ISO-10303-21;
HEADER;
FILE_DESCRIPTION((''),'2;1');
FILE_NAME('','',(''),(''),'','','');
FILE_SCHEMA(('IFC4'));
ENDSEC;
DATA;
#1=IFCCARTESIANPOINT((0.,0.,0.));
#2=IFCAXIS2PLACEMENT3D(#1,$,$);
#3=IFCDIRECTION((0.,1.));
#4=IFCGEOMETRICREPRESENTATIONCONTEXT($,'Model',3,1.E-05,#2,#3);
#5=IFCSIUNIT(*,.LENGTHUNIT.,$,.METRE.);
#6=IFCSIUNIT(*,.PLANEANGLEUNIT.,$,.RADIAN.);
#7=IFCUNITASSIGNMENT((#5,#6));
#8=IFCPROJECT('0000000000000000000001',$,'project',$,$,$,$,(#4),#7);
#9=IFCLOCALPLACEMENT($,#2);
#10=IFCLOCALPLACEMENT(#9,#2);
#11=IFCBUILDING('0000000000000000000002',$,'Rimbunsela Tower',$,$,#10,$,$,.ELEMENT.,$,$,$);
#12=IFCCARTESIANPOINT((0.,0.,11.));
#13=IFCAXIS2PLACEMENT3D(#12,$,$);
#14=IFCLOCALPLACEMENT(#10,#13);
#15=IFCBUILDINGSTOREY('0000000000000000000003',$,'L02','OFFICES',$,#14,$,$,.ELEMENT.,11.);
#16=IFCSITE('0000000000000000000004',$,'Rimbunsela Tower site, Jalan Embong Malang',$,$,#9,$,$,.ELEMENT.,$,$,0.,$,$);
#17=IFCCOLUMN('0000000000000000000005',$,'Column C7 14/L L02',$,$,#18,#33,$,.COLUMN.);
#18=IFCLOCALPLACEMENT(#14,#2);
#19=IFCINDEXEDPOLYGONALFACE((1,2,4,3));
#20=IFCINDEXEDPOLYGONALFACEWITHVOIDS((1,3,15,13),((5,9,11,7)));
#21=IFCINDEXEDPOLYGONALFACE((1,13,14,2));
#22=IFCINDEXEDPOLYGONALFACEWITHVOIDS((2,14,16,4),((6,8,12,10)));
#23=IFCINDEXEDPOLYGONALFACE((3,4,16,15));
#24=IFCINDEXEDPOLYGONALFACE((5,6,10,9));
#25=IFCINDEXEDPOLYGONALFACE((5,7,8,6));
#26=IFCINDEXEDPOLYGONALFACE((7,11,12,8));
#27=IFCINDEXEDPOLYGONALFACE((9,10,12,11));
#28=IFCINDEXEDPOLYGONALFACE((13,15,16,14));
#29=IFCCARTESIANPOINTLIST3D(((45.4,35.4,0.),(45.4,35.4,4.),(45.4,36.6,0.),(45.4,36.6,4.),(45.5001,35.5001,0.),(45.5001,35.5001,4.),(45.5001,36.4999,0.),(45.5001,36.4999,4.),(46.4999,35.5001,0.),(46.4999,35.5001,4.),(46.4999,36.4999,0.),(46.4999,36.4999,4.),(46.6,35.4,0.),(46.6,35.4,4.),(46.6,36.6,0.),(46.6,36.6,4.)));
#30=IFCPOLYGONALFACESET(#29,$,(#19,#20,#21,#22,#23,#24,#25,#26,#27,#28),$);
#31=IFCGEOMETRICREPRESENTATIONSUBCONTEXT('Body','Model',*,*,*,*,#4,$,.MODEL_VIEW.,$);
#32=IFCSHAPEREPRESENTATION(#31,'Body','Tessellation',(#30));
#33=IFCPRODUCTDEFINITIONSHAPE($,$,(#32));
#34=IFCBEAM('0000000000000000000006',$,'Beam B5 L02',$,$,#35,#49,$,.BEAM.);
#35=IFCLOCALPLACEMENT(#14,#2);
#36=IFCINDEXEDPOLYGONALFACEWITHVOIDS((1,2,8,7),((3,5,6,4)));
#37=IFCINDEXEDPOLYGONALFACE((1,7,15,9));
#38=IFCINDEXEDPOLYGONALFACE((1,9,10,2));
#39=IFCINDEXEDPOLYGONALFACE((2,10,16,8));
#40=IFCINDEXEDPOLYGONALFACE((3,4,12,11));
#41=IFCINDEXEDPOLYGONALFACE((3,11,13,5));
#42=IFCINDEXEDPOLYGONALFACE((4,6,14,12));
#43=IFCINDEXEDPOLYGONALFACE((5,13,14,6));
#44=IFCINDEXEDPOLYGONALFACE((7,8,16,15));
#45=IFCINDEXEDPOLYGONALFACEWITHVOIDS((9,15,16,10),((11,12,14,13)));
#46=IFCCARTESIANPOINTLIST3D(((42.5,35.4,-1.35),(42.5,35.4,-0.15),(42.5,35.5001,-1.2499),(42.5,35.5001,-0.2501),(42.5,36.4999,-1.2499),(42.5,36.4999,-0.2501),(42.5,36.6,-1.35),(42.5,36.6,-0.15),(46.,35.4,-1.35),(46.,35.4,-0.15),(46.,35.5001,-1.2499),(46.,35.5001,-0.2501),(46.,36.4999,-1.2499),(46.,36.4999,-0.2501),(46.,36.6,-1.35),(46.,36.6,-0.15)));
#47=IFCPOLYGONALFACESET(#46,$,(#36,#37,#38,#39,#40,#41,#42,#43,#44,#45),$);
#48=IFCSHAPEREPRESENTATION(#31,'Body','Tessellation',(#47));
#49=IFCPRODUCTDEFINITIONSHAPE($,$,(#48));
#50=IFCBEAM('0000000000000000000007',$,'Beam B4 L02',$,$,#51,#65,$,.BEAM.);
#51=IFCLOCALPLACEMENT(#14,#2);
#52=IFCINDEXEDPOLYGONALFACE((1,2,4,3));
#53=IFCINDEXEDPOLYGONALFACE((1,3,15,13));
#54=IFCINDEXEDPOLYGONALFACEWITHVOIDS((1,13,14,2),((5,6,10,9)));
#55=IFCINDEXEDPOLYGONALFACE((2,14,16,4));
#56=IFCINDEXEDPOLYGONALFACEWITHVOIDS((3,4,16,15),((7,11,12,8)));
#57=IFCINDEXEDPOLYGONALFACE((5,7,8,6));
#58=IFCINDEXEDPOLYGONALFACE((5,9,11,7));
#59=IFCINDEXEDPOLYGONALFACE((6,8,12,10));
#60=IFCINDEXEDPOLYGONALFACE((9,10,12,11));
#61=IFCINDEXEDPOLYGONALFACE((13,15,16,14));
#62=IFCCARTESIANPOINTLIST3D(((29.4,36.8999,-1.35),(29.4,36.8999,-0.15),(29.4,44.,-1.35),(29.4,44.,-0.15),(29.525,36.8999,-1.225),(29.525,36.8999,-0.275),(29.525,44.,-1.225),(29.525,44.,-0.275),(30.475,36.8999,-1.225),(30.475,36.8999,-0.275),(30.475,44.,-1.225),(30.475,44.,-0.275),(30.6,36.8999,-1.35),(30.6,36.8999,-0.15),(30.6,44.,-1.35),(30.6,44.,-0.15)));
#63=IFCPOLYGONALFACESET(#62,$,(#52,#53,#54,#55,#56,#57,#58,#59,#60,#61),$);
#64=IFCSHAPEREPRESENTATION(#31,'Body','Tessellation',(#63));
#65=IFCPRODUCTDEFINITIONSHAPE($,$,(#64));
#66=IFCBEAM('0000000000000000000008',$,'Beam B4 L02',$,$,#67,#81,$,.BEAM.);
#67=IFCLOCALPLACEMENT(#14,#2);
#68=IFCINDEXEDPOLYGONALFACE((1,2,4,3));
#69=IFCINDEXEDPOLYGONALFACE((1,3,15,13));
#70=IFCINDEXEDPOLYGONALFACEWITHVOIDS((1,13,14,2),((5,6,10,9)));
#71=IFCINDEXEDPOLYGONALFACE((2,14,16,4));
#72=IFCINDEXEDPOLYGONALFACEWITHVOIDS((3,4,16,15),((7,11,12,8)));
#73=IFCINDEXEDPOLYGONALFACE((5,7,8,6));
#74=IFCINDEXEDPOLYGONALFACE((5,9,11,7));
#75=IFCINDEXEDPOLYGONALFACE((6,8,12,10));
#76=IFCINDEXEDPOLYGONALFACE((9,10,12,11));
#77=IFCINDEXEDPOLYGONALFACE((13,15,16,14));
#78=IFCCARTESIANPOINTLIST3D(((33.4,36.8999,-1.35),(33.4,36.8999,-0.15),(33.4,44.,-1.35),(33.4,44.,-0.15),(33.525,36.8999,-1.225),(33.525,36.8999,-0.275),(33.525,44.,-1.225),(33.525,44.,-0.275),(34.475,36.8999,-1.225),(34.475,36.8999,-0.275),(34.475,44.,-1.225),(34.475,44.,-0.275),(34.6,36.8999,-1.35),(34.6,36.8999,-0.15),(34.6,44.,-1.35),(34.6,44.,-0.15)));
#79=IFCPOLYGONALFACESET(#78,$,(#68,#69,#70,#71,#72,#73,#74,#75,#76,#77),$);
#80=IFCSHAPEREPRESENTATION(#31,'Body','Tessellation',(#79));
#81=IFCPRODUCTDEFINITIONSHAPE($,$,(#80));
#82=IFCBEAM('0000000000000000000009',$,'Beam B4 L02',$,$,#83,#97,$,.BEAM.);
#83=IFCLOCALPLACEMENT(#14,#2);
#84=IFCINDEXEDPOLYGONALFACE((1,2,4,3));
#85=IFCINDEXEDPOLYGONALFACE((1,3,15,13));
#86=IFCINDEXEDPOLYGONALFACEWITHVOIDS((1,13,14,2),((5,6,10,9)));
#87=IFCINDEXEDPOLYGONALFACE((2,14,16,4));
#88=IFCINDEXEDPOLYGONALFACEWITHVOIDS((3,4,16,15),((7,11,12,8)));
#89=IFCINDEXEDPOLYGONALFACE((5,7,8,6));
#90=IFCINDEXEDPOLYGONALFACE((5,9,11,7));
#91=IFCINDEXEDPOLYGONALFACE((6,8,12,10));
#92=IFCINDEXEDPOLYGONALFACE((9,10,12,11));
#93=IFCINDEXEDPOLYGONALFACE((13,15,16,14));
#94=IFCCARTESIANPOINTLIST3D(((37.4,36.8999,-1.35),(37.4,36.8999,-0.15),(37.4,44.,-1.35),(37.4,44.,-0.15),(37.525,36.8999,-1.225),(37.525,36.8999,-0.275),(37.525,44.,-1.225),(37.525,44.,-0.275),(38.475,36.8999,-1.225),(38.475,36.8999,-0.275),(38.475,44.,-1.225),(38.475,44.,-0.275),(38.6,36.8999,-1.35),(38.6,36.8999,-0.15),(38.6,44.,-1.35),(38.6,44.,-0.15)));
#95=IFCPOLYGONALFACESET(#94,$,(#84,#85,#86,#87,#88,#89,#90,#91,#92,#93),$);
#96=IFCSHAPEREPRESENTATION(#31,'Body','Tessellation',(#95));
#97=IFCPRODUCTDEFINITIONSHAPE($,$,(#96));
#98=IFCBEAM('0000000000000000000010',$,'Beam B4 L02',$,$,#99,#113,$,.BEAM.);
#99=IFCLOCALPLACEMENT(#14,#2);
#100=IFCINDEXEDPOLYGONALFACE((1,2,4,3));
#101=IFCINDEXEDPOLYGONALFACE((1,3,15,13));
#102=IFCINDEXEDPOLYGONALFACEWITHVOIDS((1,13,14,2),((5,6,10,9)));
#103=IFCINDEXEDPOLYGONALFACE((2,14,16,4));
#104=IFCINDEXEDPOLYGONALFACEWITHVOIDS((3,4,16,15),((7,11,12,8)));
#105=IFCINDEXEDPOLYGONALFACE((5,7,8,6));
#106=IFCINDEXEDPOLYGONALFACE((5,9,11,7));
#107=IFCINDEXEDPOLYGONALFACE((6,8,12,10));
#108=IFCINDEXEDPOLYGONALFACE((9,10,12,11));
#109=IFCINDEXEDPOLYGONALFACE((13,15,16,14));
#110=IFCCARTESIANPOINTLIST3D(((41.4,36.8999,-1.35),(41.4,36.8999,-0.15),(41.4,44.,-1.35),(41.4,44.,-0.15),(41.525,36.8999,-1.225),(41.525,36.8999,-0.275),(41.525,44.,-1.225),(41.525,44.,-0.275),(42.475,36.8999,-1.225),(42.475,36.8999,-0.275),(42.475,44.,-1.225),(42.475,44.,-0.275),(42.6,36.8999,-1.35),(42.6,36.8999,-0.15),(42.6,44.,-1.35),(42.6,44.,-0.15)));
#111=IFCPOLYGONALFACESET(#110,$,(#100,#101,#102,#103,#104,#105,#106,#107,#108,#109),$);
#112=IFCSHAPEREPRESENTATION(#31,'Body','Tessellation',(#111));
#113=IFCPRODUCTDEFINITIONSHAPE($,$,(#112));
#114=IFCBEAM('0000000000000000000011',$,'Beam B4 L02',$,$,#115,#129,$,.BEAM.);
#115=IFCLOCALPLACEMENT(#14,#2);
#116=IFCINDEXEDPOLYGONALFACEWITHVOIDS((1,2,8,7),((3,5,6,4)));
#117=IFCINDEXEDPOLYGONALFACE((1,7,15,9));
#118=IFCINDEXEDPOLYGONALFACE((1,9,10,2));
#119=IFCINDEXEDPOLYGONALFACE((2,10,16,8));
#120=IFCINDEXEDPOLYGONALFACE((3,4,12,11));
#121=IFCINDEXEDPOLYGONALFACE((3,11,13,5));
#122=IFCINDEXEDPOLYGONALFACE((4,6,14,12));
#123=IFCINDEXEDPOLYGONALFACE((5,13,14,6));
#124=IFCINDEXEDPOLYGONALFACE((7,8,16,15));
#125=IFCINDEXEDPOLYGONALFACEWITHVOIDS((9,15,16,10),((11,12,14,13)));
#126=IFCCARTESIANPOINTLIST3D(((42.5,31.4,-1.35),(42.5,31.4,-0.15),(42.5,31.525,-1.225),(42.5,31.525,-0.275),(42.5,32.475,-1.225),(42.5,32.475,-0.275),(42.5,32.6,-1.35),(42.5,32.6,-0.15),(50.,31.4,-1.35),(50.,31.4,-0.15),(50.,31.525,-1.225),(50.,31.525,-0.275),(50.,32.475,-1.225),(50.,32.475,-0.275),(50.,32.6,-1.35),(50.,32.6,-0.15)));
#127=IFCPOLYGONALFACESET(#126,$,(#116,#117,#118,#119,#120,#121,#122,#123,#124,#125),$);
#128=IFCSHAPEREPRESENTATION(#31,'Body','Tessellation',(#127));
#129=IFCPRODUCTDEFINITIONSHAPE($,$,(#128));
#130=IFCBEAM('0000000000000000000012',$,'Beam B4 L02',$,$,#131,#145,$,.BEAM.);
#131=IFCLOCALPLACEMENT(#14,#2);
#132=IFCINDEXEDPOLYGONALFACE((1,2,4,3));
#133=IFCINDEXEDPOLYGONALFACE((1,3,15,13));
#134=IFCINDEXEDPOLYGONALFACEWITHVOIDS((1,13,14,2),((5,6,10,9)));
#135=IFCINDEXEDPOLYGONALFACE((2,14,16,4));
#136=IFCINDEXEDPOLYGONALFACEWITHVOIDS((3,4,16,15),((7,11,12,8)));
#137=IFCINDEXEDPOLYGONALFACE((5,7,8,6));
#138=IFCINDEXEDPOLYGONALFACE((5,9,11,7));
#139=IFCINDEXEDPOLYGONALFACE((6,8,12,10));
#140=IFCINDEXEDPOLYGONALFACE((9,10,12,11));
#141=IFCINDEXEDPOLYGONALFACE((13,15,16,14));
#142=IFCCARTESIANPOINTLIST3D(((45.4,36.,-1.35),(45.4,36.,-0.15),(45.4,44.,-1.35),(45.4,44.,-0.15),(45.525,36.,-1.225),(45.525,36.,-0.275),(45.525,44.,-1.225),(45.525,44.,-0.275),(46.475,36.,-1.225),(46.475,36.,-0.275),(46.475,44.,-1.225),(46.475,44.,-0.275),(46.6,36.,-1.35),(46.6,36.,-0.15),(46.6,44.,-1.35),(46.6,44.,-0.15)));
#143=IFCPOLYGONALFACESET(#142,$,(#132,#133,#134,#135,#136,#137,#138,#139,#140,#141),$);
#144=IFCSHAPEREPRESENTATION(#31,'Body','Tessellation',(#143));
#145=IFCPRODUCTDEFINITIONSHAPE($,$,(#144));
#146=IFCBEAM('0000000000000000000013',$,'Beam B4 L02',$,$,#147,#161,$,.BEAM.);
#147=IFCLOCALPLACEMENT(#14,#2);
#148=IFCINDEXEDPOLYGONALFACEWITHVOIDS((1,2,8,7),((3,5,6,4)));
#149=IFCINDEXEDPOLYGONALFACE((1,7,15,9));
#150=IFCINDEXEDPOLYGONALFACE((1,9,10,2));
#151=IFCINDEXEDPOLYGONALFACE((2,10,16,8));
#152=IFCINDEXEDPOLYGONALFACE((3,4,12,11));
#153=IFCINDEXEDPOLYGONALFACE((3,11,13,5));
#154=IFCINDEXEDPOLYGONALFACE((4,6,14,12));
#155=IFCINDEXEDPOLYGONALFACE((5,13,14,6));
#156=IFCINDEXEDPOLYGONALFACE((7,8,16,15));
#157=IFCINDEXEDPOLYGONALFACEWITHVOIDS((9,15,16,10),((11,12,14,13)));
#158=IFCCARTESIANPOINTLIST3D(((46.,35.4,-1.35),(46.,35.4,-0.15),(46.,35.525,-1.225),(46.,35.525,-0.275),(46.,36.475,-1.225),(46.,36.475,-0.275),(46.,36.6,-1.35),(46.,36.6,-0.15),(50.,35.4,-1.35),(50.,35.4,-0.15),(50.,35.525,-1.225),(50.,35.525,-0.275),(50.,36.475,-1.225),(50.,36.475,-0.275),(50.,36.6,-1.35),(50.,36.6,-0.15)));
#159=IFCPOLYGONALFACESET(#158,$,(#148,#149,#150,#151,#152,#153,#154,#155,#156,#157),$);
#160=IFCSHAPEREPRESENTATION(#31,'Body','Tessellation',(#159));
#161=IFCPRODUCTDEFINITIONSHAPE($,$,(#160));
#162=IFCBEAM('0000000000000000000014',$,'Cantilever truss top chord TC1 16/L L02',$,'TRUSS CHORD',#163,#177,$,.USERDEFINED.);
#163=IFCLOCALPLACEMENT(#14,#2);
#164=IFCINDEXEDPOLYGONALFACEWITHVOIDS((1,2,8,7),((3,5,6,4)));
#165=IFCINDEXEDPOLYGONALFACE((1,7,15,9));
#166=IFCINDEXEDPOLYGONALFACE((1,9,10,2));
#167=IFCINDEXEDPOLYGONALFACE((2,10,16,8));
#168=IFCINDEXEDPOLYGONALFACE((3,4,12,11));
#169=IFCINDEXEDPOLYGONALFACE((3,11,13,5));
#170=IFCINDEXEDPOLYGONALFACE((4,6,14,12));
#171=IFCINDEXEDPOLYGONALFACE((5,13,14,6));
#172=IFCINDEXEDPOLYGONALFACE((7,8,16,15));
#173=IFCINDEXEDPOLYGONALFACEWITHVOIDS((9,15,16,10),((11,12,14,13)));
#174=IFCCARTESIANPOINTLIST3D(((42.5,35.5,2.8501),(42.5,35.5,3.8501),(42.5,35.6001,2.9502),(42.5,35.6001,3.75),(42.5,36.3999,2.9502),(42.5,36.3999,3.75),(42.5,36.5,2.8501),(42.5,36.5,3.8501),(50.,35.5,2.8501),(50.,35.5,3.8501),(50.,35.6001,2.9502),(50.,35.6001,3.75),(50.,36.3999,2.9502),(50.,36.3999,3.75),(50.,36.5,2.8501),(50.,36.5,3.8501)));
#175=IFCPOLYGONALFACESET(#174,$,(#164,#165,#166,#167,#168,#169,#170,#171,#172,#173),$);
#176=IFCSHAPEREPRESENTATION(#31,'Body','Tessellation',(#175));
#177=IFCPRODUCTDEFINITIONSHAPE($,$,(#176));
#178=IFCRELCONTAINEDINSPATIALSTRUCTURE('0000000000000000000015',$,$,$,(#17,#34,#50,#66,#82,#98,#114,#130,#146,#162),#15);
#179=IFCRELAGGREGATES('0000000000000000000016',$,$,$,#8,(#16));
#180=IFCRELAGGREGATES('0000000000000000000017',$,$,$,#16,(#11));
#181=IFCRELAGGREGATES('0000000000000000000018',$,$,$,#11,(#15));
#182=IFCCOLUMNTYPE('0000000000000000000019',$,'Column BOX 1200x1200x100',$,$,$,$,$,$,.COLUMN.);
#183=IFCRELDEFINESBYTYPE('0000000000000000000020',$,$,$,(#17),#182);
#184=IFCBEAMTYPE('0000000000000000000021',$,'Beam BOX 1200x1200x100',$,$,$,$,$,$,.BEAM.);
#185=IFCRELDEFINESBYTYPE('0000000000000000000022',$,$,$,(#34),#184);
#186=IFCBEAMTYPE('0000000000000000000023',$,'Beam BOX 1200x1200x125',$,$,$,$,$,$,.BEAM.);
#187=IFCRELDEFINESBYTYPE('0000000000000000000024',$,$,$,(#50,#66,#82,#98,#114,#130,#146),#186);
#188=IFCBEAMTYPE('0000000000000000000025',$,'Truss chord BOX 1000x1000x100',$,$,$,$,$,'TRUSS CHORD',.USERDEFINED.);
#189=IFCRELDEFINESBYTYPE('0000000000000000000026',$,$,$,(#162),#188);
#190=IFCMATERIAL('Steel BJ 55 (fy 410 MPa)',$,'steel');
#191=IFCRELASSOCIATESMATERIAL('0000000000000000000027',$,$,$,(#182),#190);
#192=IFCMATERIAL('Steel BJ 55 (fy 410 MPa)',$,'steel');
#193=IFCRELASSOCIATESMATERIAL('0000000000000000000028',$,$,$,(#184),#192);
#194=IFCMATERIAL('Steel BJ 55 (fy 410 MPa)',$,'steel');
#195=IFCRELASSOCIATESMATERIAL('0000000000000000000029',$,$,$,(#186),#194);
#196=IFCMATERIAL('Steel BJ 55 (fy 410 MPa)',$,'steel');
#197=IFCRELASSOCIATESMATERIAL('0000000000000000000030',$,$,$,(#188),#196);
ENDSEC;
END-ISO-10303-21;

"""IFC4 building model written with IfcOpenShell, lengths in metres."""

from ifc_helpers import new_model, si_unit, direction, frame, origin, origin_2d, place, context, subcontext, project, spatial, hollow_rectangle, extrude, material, material_profile, profile_set, type_object, element, save


model = new_model("IFC4")

# Units and contexts
model_context = context("Model", 3, precision=1e-05, world=origin(), true_north=direction((0.0, 1.0)))
body_context = subcontext(model_context, "Body", "Model", "MODEL_VIEW")
ifc_project = project(units=[si_unit("LENGTHUNIT", "METRE"), si_unit("PLANEANGLEUNIT", "RADIAN")], contexts=[model_context])

# Site, building, storey
site_placement = place(None, origin())
site = spatial("IfcSite", under=ifc_project, at=site_placement, Name="Rimbunsela Tower site, Jalan Embong Malang", CompositionType="ELEMENT", RefElevation=0.0)
building_placement = place(site_placement, origin())
building = spatial("IfcBuilding", under=site, at=building_placement, Name="Rimbunsela Tower", CompositionType="ELEMENT")
storey_placement = place(building_placement, frame((0.0, 0.0, 11.0)))
storey = spatial("IfcBuildingStorey", under=building, at=storey_placement, Name="L02", Description="OFFICES", CompositionType="ELEMENT", Elevation=11.0)

# Column
ifc_material_1 = material(Name="Steel BJ 55 (fy 410 MPa)", Category="steel")
ifc_material_profile_1 = material_profile(ifc_material_1, hollow_rectangle(XDim=1.2, YDim=1.2, WallThickness=0.1001, at=origin_2d()), Name="BOX 1200x1200x100")
ifc_profile_set_1 = profile_set([ifc_material_profile_1], Name="Steel BJ 55 (fy 410 MPa)")
column_type = type_object("IfcColumnType", Name="Column BOX 1200x1200x100", PredefinedType="COLUMN", material=ifc_profile_set_1)
column_placement = place(storey_placement, frame((46.0, 36.0, 0.0), z_axis=(0.0, 0.0, 1.0), x_axis=(1.0, 0.0, 0.0)))
element("IfcColumn", 1, at=column_placement, inside=storey, type_object=column_type, Name="Column C7 14/L L02", PredefinedType="COLUMN", context=body_context, shape_type="SweptSolid", body=[
    extrude(hollow_rectangle(XDim=1.2, YDim=1.2, WallThickness=0.1001, at=origin_2d()), origin(), (0.0, 0.0, 1.0), 4.0),
])

# Beams
ifc_material_2 = material(Name="Steel BJ 55 (fy 410 MPa)", Category="steel")
ifc_material_profile_2 = material_profile(ifc_material_2, hollow_rectangle(XDim=1.2, YDim=1.2, WallThickness=0.1001, at=origin_2d()), Name="BOX 1200x1200x100")
ifc_profile_set_2 = profile_set([ifc_material_profile_2], Name="Steel BJ 55 (fy 410 MPa)")
beam_type_1 = type_object("IfcBeamType", Name="Beam BOX 1200x1200x100", PredefinedType="BEAM", material=ifc_profile_set_2)
beam_1_placement = place(storey_placement, frame((42.5, 36.0, -0.75), z_axis=(1.0, 0.0, 0.0), x_axis=(0.0, 1.0, 0.0)))
element("IfcBeam", 2, at=beam_1_placement, inside=storey, type_object=beam_type_1, Name="Beam B5 L02", PredefinedType="BEAM", context=body_context, shape_type="SweptSolid", body=[
    extrude(hollow_rectangle(XDim=1.2, YDim=1.2, WallThickness=0.1001, at=origin_2d()), origin(), (0.0, 0.0, 1.0), 3.5),
])
ifc_material_3 = material(Name="Steel BJ 55 (fy 410 MPa)", Category="steel")
ifc_material_profile_3 = material_profile(ifc_material_3, hollow_rectangle(XDim=1.2, YDim=1.2, WallThickness=0.125, at=origin_2d()), Name="BOX 1200x1200x125")
ifc_profile_set_3 = profile_set([ifc_material_profile_3], Name="Steel BJ 55 (fy 410 MPa)")
beam_type_2 = type_object("IfcBeamType", Name="Beam BOX 1200x1200x125", PredefinedType="BEAM", material=ifc_profile_set_3)
for number, where, z_axis, x_axis, name in (
    (3, (30.0, 36.8999, -0.75), (0.0, 1.0, 0.0), (-1.0, 0.0, 0.0), "Beam B4 L02"),
    (4, (34.0, 36.8999, -0.75), (0.0, 1.0, 0.0), (-1.0, 0.0, 0.0), "Beam B4 L02"),
    (5, (38.0, 36.8999, -0.75), (0.0, 1.0, 0.0), (-1.0, 0.0, 0.0), "Beam B4 L02"),
    (6, (42.0, 36.8999, -0.75), (0.0, 1.0, 0.0), (-1.0, 0.0, 0.0), "Beam B4 L02"),
):
    element("IfcBeam", number, at=place(storey_placement, frame(where, z_axis=z_axis, x_axis=x_axis)), inside=storey, type_object=beam_type_2, Name=name, PredefinedType="BEAM", context=body_context, shape_type="SweptSolid", body=[
        extrude(hollow_rectangle(XDim=1.2, YDim=1.2, WallThickness=0.125, at=origin_2d()), origin(), (0.0, 0.0, 1.0), 7.1001),
    ])
beam_2_placement = place(storey_placement, frame((42.5, 32.0, -0.75), z_axis=(1.0, 0.0, 0.0), x_axis=(0.0, 1.0, 0.0)))
element("IfcBeam", 7, at=beam_2_placement, inside=storey, type_object=beam_type_2, Name="Beam B4 L02", PredefinedType="BEAM", context=body_context, shape_type="SweptSolid", body=[
    extrude(hollow_rectangle(XDim=1.2, YDim=1.2, WallThickness=0.125, at=origin_2d()), origin(), (0.0, 0.0, 1.0), 7.5),
])
beam_3_placement = place(storey_placement, frame((46.0, 36.0, -0.75), z_axis=(0.0, 1.0, 0.0), x_axis=(-1.0, 0.0, 0.0)))
element("IfcBeam", 8, at=beam_3_placement, inside=storey, type_object=beam_type_2, Name="Beam B4 L02", PredefinedType="BEAM", context=body_context, shape_type="SweptSolid", body=[
    extrude(hollow_rectangle(XDim=1.2, YDim=1.2, WallThickness=0.125, at=origin_2d()), origin(), (0.0, 0.0, 1.0), 8.0),
])
beam_4_placement = place(storey_placement, frame((46.0, 36.0, -0.75), z_axis=(1.0, 0.0, 0.0), x_axis=(0.0, 1.0, 0.0)))
element("IfcBeam", 9, at=beam_4_placement, inside=storey, type_object=beam_type_2, Name="Beam B4 L02", PredefinedType="BEAM", context=body_context, shape_type="SweptSolid", body=[
    extrude(hollow_rectangle(XDim=1.2, YDim=1.2, WallThickness=0.125, at=origin_2d()), origin(), (0.0, 0.0, 1.0), 4.0),
])
ifc_material_4 = material(Name="Steel BJ 55 (fy 410 MPa)", Category="steel")
ifc_material_profile_4 = material_profile(ifc_material_4, hollow_rectangle(XDim=1.0, YDim=1.0, WallThickness=0.1001, at=origin_2d()), Name="BOX 1000x1000x100")
ifc_profile_set_4 = profile_set([ifc_material_profile_4], Name="Steel BJ 55 (fy 410 MPa)")
beam_type_3 = type_object("IfcBeamType", Name="Truss chord BOX 1000x1000x100", ElementType="TRUSS CHORD", PredefinedType="USERDEFINED", material=ifc_profile_set_4)
beam_5_placement = place(storey_placement, frame((42.5, 36.0, 3.3501), z_axis=(1.0, 0.0, 0.0), x_axis=(0.0, 1.0, 0.0)))
element("IfcBeam", 10, at=beam_5_placement, inside=storey, type_object=beam_type_3, Name="Cantilever truss top chord TC1 16/L L02", ObjectType="TRUSS CHORD", PredefinedType="USERDEFINED", context=body_context, shape_type="SweptSolid", body=[
    extrude(hollow_rectangle(XDim=1.0, YDim=1.0, WallThickness=0.1001, at=origin_2d()), origin(), (0.0, 0.0, 1.0), 7.5),
])

save(model, "model.ifc")
